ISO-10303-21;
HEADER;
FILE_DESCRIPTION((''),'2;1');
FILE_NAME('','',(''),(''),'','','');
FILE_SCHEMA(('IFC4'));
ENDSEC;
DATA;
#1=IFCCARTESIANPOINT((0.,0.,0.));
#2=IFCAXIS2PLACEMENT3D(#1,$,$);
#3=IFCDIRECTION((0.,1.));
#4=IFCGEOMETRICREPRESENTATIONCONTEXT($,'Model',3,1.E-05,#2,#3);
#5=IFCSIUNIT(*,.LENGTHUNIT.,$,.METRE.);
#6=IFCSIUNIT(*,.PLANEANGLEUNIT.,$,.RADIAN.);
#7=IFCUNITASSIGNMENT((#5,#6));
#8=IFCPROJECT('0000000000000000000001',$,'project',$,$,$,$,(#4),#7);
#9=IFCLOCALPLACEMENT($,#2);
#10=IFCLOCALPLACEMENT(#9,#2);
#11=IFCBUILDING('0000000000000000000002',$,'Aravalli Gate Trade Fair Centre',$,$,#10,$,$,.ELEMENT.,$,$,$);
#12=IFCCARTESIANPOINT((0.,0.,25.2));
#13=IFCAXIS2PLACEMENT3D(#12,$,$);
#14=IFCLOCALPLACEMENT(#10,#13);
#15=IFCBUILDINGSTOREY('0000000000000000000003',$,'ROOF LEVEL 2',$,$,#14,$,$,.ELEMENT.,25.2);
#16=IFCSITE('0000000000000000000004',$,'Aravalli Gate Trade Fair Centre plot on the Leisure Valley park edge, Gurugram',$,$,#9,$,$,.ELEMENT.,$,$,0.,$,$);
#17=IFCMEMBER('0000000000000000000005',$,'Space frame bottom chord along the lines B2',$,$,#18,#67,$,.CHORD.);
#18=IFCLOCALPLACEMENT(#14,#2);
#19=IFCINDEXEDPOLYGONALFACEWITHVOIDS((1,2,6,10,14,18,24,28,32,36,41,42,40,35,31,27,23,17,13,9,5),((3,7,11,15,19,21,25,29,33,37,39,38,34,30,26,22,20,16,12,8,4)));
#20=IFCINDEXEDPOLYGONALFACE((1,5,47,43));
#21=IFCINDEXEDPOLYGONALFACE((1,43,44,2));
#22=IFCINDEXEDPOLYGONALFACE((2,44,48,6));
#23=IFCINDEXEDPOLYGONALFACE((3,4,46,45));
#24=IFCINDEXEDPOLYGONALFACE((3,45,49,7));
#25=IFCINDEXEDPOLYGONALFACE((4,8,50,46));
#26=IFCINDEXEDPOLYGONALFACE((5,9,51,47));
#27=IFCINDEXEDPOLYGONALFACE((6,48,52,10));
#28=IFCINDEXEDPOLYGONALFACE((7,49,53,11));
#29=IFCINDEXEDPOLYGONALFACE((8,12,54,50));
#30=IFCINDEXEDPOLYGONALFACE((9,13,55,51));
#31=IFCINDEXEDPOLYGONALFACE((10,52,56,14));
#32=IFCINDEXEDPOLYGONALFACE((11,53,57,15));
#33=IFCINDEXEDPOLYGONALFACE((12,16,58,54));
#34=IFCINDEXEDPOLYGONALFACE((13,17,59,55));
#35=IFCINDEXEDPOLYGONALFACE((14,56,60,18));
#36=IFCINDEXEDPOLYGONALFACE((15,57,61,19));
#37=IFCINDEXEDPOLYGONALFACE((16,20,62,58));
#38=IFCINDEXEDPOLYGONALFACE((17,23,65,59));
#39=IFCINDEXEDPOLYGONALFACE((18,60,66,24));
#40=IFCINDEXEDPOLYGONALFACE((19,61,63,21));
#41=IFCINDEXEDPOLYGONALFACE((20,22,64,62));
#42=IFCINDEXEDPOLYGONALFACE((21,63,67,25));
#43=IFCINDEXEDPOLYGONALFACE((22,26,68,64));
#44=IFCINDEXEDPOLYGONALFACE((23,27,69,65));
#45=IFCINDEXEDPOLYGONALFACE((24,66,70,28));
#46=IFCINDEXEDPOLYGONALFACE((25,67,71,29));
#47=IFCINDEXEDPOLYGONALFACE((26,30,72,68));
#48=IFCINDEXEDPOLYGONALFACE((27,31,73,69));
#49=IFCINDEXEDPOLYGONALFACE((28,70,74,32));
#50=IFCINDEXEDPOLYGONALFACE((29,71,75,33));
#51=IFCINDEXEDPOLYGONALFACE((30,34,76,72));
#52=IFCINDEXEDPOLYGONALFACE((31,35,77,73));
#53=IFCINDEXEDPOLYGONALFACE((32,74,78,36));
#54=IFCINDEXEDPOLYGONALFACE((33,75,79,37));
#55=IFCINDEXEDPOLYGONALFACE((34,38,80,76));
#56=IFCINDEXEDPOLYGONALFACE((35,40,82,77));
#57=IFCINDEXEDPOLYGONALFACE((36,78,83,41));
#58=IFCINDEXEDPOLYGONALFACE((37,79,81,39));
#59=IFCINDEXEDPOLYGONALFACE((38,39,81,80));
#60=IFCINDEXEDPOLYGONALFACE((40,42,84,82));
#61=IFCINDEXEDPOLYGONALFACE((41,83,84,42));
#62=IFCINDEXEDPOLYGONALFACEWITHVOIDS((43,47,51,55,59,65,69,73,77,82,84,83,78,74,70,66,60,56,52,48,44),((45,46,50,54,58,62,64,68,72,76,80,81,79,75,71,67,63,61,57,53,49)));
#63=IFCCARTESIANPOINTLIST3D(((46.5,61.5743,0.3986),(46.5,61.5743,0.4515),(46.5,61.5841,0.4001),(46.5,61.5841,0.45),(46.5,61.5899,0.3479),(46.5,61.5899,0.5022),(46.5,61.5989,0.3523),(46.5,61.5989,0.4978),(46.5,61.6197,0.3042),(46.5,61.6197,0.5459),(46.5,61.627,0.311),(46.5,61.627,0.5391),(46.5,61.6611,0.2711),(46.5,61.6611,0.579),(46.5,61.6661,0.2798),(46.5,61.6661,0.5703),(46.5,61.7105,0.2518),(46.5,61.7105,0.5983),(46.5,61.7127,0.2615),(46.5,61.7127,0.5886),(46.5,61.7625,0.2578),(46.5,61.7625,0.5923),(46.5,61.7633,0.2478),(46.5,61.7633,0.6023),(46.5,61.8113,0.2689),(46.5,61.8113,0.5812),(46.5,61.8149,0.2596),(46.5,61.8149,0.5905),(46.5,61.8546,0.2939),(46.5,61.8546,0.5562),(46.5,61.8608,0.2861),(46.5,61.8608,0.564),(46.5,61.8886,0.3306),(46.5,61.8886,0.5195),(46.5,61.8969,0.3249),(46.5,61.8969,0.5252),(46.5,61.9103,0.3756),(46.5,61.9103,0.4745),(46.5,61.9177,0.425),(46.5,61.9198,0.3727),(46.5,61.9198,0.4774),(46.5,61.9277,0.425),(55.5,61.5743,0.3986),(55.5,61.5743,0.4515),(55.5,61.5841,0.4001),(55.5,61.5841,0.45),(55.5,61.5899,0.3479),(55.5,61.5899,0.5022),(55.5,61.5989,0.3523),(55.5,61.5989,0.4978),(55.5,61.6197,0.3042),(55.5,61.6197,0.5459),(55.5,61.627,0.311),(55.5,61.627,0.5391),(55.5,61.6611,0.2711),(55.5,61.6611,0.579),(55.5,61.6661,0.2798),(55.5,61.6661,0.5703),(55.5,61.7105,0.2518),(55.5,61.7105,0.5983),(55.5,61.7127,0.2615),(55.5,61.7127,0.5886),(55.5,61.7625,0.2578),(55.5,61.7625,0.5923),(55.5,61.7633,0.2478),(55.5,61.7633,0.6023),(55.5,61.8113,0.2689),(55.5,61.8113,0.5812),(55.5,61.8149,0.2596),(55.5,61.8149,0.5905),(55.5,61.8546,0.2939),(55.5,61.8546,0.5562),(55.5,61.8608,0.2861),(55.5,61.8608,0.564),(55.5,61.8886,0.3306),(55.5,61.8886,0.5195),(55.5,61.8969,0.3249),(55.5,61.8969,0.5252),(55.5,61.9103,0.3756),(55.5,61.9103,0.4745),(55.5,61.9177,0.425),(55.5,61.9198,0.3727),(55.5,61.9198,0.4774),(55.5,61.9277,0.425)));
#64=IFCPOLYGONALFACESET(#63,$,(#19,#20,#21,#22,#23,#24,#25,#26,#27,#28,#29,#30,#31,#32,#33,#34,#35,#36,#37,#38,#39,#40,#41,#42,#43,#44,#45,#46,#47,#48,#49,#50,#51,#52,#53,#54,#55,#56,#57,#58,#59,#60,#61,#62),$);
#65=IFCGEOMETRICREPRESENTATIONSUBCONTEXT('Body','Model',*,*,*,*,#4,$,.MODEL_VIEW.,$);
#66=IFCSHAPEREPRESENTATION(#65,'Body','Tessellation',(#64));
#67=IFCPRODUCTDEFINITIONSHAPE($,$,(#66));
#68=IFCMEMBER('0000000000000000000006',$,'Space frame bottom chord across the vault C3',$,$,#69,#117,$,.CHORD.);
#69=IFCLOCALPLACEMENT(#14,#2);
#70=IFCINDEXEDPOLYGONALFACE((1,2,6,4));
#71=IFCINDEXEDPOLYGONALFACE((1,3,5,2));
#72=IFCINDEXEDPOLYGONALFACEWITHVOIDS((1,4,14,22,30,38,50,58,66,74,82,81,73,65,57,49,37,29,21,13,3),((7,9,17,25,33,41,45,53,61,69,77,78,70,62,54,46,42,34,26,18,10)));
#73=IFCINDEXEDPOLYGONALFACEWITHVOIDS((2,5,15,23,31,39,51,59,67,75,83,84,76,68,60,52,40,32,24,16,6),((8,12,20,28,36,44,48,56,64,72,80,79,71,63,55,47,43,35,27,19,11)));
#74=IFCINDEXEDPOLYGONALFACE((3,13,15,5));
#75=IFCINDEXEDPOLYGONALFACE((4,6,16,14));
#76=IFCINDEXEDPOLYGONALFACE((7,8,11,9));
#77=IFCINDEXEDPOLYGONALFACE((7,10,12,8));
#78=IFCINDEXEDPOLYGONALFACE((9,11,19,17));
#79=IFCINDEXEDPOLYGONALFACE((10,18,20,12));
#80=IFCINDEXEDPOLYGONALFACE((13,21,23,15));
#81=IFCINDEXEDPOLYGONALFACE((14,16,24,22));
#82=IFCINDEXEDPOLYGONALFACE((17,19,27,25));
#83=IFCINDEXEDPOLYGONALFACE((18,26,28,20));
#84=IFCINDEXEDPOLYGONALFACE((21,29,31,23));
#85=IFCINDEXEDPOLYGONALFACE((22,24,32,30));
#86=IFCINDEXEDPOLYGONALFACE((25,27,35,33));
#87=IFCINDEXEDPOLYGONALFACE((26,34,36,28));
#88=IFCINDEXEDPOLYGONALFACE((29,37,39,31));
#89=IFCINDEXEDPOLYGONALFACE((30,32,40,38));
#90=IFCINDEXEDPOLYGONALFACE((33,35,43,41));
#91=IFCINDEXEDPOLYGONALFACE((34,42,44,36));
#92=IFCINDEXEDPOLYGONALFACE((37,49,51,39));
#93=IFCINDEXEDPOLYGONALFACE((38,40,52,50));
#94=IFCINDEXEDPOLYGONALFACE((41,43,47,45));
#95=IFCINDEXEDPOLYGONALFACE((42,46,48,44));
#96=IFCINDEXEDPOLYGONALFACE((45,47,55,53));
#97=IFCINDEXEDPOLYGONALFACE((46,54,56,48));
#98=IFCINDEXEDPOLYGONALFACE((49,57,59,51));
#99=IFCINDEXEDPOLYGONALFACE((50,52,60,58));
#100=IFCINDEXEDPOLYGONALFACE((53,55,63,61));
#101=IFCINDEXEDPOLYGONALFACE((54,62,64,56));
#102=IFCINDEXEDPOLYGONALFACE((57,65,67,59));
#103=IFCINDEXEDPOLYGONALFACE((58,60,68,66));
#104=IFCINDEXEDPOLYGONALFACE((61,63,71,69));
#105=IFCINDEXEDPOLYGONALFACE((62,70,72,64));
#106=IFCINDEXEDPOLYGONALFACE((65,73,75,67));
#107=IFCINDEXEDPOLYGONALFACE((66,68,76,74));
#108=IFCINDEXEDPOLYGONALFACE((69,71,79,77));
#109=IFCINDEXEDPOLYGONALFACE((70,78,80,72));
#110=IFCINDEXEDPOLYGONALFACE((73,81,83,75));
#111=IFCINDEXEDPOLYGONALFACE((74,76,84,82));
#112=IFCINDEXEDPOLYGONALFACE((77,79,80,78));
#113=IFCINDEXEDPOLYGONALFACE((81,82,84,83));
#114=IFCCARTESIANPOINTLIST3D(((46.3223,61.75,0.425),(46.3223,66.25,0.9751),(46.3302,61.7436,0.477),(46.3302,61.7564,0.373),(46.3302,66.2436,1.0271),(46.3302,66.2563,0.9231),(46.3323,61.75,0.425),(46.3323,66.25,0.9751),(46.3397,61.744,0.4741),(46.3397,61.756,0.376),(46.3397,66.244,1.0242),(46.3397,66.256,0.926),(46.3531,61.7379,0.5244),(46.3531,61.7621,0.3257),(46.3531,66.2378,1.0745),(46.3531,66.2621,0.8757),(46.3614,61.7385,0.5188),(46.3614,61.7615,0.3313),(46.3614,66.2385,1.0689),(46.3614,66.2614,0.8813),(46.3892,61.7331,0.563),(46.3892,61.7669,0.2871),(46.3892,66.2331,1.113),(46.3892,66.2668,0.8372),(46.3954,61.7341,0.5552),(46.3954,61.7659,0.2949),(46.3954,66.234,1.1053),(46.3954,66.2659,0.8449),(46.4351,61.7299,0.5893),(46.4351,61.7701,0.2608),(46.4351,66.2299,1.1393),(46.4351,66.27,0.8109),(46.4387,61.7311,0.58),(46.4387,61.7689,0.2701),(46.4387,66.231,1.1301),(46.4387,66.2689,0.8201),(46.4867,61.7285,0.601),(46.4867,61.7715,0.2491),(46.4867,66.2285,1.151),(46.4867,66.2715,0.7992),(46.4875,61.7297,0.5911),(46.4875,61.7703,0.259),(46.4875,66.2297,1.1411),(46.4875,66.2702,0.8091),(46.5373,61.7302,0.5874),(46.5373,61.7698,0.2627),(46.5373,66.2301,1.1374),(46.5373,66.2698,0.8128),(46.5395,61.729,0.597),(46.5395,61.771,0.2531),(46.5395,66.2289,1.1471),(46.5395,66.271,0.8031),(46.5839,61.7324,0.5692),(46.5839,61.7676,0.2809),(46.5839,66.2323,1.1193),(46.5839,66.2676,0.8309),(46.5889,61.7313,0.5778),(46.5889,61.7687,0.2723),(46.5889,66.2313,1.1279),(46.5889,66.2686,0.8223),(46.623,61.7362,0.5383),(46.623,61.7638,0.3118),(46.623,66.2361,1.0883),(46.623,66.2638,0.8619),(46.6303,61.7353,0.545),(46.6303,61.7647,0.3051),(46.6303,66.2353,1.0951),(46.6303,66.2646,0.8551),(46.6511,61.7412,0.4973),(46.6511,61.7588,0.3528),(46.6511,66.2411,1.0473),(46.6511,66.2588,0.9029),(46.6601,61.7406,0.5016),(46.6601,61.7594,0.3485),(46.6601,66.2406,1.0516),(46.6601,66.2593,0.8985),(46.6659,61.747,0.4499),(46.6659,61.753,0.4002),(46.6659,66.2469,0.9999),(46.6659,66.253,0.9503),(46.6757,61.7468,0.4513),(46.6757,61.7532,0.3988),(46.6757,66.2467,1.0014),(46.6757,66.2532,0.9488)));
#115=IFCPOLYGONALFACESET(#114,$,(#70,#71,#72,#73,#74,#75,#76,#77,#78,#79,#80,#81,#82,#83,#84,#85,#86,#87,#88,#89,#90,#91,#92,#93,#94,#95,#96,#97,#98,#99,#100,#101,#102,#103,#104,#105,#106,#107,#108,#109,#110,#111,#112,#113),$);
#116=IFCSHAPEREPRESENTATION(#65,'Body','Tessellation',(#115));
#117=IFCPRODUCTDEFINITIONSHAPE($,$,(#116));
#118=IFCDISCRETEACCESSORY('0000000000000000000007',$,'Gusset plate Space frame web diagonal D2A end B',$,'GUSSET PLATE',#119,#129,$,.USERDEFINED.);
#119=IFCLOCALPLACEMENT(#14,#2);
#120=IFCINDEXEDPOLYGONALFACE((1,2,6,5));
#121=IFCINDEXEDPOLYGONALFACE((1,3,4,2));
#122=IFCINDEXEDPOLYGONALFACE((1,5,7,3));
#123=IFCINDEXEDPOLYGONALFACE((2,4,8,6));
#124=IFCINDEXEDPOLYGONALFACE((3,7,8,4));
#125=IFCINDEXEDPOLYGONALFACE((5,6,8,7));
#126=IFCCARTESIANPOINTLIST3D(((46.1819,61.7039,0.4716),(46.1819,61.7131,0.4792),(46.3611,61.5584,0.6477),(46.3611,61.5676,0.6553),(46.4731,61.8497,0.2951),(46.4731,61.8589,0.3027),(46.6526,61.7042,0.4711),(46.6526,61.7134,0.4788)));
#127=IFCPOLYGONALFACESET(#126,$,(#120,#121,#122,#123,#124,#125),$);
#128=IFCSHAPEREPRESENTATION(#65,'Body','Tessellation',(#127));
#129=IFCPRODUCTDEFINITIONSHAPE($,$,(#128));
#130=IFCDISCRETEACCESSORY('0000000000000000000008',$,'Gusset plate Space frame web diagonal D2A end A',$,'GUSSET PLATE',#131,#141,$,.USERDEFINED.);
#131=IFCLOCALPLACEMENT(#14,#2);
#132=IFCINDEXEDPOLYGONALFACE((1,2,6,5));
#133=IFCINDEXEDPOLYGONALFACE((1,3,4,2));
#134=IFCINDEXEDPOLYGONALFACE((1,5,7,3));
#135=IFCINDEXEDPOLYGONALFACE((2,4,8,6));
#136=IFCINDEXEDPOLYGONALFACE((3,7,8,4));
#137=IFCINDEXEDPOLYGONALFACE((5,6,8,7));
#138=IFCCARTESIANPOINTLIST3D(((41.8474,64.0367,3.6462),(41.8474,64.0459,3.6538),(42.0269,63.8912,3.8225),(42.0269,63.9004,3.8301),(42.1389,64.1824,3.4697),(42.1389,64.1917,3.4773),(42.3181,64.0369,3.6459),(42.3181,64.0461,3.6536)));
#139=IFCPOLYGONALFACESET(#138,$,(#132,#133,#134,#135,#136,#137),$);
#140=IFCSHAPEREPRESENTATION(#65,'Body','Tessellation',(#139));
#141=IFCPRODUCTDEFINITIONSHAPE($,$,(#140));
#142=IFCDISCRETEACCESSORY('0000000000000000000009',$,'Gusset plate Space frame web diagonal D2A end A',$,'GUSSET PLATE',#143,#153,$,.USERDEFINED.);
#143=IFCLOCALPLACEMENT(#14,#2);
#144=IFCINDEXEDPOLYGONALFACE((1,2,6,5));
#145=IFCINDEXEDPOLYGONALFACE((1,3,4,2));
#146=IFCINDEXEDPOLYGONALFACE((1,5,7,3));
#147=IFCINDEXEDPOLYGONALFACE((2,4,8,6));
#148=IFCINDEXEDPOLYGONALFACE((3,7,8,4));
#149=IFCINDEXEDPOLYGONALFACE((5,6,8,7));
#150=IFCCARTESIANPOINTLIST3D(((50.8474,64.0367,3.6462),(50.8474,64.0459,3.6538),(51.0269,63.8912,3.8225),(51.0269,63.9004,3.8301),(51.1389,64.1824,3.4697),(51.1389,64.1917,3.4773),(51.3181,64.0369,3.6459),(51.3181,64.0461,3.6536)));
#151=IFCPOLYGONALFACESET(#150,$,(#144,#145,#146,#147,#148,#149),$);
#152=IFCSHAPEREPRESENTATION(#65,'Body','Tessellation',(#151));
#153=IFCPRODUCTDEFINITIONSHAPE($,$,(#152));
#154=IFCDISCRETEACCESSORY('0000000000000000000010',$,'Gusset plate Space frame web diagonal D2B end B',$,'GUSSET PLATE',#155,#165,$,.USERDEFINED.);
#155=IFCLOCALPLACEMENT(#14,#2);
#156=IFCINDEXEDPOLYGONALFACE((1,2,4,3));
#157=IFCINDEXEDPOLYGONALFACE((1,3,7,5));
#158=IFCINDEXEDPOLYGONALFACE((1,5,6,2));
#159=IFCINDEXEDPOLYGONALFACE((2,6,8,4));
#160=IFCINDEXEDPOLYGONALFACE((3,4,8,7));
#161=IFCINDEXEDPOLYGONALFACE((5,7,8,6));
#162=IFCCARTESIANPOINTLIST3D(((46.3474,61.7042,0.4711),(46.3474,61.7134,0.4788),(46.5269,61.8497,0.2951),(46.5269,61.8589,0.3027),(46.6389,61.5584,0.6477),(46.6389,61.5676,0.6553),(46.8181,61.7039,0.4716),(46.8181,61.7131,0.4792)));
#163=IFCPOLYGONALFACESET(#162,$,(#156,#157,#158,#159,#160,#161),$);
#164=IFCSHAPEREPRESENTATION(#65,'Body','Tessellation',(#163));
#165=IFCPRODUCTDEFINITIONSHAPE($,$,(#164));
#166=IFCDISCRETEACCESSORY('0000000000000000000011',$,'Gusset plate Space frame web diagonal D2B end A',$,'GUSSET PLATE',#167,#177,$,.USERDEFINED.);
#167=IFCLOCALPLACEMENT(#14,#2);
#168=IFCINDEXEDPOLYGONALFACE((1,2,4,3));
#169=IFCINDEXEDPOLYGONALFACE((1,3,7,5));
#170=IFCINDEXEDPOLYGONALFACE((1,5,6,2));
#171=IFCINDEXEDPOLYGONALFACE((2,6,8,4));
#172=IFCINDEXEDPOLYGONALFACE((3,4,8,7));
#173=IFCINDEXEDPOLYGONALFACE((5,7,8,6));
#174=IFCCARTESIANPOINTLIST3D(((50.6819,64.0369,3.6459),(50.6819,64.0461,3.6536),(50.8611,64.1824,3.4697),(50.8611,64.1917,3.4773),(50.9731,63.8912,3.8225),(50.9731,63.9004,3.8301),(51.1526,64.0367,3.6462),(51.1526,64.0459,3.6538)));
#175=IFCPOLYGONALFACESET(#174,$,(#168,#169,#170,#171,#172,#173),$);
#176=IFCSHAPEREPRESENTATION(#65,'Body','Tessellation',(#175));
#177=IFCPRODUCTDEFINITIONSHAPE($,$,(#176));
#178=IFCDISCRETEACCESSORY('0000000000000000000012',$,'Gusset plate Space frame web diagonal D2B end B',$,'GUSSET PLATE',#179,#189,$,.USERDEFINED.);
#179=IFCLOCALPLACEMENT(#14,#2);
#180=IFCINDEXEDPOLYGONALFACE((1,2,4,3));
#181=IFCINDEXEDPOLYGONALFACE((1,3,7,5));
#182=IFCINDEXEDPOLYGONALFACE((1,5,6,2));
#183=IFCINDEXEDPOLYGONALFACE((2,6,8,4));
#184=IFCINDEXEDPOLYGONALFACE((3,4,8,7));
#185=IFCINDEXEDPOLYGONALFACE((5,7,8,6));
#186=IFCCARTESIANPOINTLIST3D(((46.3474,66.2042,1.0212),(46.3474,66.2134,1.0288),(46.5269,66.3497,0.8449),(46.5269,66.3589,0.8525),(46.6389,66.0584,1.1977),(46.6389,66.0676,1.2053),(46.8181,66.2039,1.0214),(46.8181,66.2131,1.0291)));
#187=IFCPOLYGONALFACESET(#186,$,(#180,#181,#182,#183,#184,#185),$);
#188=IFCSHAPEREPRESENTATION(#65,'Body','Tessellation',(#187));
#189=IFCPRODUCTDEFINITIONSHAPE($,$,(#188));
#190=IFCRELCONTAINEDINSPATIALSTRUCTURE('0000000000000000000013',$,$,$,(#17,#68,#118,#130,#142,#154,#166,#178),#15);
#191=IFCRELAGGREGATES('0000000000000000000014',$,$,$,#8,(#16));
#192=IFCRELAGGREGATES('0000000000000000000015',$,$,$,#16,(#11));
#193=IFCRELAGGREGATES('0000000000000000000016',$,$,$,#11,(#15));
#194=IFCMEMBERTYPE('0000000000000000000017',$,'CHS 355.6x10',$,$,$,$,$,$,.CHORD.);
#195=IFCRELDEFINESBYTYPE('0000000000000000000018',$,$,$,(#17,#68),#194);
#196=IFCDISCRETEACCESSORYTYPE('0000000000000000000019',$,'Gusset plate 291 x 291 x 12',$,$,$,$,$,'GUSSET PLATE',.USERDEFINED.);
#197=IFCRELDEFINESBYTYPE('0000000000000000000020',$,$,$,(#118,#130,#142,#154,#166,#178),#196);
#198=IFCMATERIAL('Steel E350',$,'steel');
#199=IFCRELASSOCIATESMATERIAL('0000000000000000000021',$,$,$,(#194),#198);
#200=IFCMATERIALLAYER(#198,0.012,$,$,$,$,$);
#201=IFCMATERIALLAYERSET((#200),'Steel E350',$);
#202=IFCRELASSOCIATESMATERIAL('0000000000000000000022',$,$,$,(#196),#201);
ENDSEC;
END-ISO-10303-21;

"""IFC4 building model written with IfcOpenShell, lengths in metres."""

from ifc_helpers import new_model, si_unit, direction, frame, origin, origin_2d, place, context, subcontext, project, spatial, polyline, hollow_circle, outline, extrude, material, layer, layer_set, material_profile, profile_set, type_object, element, save


model = new_model("IFC4")

# Units and contexts
model_context = context("Model", 3, precision=1e-05, world=origin(), true_north=direction((0.0, 1.0)))
body_context = subcontext(model_context, "Body", "Model", "MODEL_VIEW")
ifc_project = project(units=[si_unit("LENGTHUNIT", "METRE"), si_unit("PLANEANGLEUNIT", "RADIAN")], contexts=[model_context])

# Site, building, storey
site_placement = place(None, origin())
site = spatial("IfcSite", under=ifc_project, at=site_placement, Name="Aravalli Gate Trade Fair Centre plot on the Leisure Valley park edge, Gurugram", CompositionType="ELEMENT", RefElevation=0.0)
building_placement = place(site_placement, origin())
building = spatial("IfcBuilding", under=site, at=building_placement, Name="Aravalli Gate Trade Fair Centre", CompositionType="ELEMENT")
storey_placement = place(building_placement, frame((0.0, 0.0, 25.2)))
storey = spatial("IfcBuildingStorey", under=building, at=storey_placement, Name="ROOF LEVEL 2", CompositionType="ELEMENT", Elevation=25.2)

# Members
ifc_material = material(Name="Steel E350", Category="steel")
ifc_material_profile_1 = material_profile(ifc_material, hollow_circle(Radius=0.1777, WallThickness=0.01, at=origin_2d()), Name="CHS 355.6x10")
ifc_profile_set_1 = profile_set([ifc_material_profile_1], Name="Steel E350")
member_type_1 = type_object("IfcMemberType", Name="CHS 355.6x10", PredefinedType="CHORD", material=ifc_profile_set_1)
member_1_placement = place(storey_placement, frame((46.5, 61.75, 0.425), z_axis=(1.0, 0.0, 0.0), x_axis=(0.0, 1.0, 0.0)))
element("IfcMember", 1, at=member_1_placement, inside=storey, type_object=member_type_1, Name="Space frame bottom chord along the lines B2", PredefinedType="CHORD", context=body_context, shape_type="SweptSolid", body=[
    extrude(hollow_circle(Radius=0.1777, WallThickness=0.01, at=origin_2d()), origin(), (0.0, 0.0, 1.0), 9.0),
])
member_2_placement = place(storey_placement, frame((46.5, 61.75, 0.425), z_axis=(0.0, 0.992612, 0.12133), x_axis=(-1.0, 0.0, 0.0)))
element("IfcMember", 2, at=member_2_placement, inside=storey, type_object=member_type_1, Name="Space frame bottom chord across the vault C3", PredefinedType="CHORD", context=body_context, shape_type="SweptSolid", body=[
    extrude(hollow_circle(Radius=0.1777, WallThickness=0.01, at=origin_2d()), origin(), (0.0, 0.0, 1.0), 4.5334),
])

# Discrete accessories
ifc_layer = layer(ifc_material, 0.012)
ifc_layer_set = layer_set([ifc_layer], Name="Steel E350")
discrete_accessory_type = type_object("IfcDiscreteAccessoryType", Name="Gusset plate 291 x 291 x 12", ElementType="GUSSET PLATE", PredefinedType="USERDEFINED", material=ifc_layer_set)
discrete_accessory_1_placement = place(storey_placement, frame((46.1819, 61.7131, 0.4792), z_axis=(0.000261, 0.770887, 0.636972), x_axis=(0.786233, 0.393446, -0.476485)))
element("IfcDiscreteAccessory", 3, at=discrete_accessory_1_placement, inside=storey, type_object=discrete_accessory_type, Name="Gusset plate Space frame web diagonal D2A end B", ObjectType="GUSSET PLATE", PredefinedType="USERDEFINED", context=body_context, shape_type="SweptSolid", body=[
    extrude(outline(polyline([(0.0, 0.0), (0.3704, 0.0), (0.3704, -0.2904), (-0.0002, -0.2903), (0.0, 0.0)])), origin(), (0.0, 0.0, -1.0), 0.012),
])
for number, where, z_axis, x_axis, name in (
    (4, (42.1389, 64.1917, 3.4773), (-0.00007, 0.771155, 0.636648), (-0.786484, -0.393242, 0.476238), "Gusset plate Space frame web diagonal D2A end A"),
    (5, (51.1389, 64.1917, 3.4773), (-0.00007, 0.771155, 0.636648), (-0.786484, -0.393242, 0.476238), "Gusset plate Space frame web diagonal D2A end A"),
):
    element("IfcDiscreteAccessory", number, at=place(storey_placement, frame(where, z_axis=z_axis, x_axis=x_axis)), inside=storey, type_object=discrete_accessory_type, Name=name, ObjectType="GUSSET PLATE", PredefinedType="USERDEFINED", context=body_context, shape_type="SweptSolid", body=[
        extrude(outline(polyline([(0.0, 0.0), (0.3706, 0.0), (0.3707, 0.2906), (0.0002, 0.2904), (0.0, 0.0)])), origin(), (0.0, 0.0, -1.0), 0.012),
    ])
discrete_accessory_2_placement = place(storey_placement, frame((46.6389, 61.5676, 0.6553), z_axis=(-0.000261, 0.770887, 0.636972), x_axis=(-0.786484, 0.393242, -0.476238)))
element("IfcDiscreteAccessory", 6, at=discrete_accessory_2_placement, inside=storey, type_object=discrete_accessory_type, Name="Gusset plate Space frame web diagonal D2B end B", ObjectType="GUSSET PLATE", PredefinedType="USERDEFINED", context=body_context, shape_type="SweptSolid", body=[
    extrude(outline(polyline([(0.0, 0.0), (0.3706, 0.0), (0.3706, -0.2904), (0.0001, -0.2903), (0.0, 0.0)])), origin(), (0.0, 0.0, -1.0), 0.012),
])
discrete_accessory_3_placement = place(storey_placement, frame((50.6819, 64.0461, 3.6536), z_axis=(0.00007, 0.771155, 0.636648), x_axis=(0.786233, -0.393446, 0.476485)))
element("IfcDiscreteAccessory", 7, at=discrete_accessory_3_placement, inside=storey, type_object=discrete_accessory_type, Name="Gusset plate Space frame web diagonal D2B end A", ObjectType="GUSSET PLATE", PredefinedType="USERDEFINED", context=body_context, shape_type="SweptSolid", body=[
    extrude(outline(polyline([(0.0, 0.0), (0.3704, 0.0), (0.3703, 0.2906), (-0.0003, 0.2904), (0.0, 0.0)])), origin(), (0.0, 0.0, -1.0), 0.012),
])
discrete_accessory_4_placement = place(storey_placement, frame((46.6389, 66.0676, 1.2053), z_axis=(0.00007, 0.771155, 0.636648), x_axis=(-0.786484, 0.393242, -0.476238)))
element("IfcDiscreteAccessory", 8, at=discrete_accessory_4_placement, inside=storey, type_object=discrete_accessory_type, Name="Gusset plate Space frame web diagonal D2B end B", ObjectType="GUSSET PLATE", PredefinedType="USERDEFINED", context=body_context, shape_type="SweptSolid", body=[
    extrude(outline(polyline([(0.0, 0.0), (0.3706, 0.0), (0.3707, -0.2906), (0.0002, -0.2904), (0.0, 0.0)])), origin(), (0.0, 0.0, -1.0), 0.012),
])

save(model, "model.ifc")
